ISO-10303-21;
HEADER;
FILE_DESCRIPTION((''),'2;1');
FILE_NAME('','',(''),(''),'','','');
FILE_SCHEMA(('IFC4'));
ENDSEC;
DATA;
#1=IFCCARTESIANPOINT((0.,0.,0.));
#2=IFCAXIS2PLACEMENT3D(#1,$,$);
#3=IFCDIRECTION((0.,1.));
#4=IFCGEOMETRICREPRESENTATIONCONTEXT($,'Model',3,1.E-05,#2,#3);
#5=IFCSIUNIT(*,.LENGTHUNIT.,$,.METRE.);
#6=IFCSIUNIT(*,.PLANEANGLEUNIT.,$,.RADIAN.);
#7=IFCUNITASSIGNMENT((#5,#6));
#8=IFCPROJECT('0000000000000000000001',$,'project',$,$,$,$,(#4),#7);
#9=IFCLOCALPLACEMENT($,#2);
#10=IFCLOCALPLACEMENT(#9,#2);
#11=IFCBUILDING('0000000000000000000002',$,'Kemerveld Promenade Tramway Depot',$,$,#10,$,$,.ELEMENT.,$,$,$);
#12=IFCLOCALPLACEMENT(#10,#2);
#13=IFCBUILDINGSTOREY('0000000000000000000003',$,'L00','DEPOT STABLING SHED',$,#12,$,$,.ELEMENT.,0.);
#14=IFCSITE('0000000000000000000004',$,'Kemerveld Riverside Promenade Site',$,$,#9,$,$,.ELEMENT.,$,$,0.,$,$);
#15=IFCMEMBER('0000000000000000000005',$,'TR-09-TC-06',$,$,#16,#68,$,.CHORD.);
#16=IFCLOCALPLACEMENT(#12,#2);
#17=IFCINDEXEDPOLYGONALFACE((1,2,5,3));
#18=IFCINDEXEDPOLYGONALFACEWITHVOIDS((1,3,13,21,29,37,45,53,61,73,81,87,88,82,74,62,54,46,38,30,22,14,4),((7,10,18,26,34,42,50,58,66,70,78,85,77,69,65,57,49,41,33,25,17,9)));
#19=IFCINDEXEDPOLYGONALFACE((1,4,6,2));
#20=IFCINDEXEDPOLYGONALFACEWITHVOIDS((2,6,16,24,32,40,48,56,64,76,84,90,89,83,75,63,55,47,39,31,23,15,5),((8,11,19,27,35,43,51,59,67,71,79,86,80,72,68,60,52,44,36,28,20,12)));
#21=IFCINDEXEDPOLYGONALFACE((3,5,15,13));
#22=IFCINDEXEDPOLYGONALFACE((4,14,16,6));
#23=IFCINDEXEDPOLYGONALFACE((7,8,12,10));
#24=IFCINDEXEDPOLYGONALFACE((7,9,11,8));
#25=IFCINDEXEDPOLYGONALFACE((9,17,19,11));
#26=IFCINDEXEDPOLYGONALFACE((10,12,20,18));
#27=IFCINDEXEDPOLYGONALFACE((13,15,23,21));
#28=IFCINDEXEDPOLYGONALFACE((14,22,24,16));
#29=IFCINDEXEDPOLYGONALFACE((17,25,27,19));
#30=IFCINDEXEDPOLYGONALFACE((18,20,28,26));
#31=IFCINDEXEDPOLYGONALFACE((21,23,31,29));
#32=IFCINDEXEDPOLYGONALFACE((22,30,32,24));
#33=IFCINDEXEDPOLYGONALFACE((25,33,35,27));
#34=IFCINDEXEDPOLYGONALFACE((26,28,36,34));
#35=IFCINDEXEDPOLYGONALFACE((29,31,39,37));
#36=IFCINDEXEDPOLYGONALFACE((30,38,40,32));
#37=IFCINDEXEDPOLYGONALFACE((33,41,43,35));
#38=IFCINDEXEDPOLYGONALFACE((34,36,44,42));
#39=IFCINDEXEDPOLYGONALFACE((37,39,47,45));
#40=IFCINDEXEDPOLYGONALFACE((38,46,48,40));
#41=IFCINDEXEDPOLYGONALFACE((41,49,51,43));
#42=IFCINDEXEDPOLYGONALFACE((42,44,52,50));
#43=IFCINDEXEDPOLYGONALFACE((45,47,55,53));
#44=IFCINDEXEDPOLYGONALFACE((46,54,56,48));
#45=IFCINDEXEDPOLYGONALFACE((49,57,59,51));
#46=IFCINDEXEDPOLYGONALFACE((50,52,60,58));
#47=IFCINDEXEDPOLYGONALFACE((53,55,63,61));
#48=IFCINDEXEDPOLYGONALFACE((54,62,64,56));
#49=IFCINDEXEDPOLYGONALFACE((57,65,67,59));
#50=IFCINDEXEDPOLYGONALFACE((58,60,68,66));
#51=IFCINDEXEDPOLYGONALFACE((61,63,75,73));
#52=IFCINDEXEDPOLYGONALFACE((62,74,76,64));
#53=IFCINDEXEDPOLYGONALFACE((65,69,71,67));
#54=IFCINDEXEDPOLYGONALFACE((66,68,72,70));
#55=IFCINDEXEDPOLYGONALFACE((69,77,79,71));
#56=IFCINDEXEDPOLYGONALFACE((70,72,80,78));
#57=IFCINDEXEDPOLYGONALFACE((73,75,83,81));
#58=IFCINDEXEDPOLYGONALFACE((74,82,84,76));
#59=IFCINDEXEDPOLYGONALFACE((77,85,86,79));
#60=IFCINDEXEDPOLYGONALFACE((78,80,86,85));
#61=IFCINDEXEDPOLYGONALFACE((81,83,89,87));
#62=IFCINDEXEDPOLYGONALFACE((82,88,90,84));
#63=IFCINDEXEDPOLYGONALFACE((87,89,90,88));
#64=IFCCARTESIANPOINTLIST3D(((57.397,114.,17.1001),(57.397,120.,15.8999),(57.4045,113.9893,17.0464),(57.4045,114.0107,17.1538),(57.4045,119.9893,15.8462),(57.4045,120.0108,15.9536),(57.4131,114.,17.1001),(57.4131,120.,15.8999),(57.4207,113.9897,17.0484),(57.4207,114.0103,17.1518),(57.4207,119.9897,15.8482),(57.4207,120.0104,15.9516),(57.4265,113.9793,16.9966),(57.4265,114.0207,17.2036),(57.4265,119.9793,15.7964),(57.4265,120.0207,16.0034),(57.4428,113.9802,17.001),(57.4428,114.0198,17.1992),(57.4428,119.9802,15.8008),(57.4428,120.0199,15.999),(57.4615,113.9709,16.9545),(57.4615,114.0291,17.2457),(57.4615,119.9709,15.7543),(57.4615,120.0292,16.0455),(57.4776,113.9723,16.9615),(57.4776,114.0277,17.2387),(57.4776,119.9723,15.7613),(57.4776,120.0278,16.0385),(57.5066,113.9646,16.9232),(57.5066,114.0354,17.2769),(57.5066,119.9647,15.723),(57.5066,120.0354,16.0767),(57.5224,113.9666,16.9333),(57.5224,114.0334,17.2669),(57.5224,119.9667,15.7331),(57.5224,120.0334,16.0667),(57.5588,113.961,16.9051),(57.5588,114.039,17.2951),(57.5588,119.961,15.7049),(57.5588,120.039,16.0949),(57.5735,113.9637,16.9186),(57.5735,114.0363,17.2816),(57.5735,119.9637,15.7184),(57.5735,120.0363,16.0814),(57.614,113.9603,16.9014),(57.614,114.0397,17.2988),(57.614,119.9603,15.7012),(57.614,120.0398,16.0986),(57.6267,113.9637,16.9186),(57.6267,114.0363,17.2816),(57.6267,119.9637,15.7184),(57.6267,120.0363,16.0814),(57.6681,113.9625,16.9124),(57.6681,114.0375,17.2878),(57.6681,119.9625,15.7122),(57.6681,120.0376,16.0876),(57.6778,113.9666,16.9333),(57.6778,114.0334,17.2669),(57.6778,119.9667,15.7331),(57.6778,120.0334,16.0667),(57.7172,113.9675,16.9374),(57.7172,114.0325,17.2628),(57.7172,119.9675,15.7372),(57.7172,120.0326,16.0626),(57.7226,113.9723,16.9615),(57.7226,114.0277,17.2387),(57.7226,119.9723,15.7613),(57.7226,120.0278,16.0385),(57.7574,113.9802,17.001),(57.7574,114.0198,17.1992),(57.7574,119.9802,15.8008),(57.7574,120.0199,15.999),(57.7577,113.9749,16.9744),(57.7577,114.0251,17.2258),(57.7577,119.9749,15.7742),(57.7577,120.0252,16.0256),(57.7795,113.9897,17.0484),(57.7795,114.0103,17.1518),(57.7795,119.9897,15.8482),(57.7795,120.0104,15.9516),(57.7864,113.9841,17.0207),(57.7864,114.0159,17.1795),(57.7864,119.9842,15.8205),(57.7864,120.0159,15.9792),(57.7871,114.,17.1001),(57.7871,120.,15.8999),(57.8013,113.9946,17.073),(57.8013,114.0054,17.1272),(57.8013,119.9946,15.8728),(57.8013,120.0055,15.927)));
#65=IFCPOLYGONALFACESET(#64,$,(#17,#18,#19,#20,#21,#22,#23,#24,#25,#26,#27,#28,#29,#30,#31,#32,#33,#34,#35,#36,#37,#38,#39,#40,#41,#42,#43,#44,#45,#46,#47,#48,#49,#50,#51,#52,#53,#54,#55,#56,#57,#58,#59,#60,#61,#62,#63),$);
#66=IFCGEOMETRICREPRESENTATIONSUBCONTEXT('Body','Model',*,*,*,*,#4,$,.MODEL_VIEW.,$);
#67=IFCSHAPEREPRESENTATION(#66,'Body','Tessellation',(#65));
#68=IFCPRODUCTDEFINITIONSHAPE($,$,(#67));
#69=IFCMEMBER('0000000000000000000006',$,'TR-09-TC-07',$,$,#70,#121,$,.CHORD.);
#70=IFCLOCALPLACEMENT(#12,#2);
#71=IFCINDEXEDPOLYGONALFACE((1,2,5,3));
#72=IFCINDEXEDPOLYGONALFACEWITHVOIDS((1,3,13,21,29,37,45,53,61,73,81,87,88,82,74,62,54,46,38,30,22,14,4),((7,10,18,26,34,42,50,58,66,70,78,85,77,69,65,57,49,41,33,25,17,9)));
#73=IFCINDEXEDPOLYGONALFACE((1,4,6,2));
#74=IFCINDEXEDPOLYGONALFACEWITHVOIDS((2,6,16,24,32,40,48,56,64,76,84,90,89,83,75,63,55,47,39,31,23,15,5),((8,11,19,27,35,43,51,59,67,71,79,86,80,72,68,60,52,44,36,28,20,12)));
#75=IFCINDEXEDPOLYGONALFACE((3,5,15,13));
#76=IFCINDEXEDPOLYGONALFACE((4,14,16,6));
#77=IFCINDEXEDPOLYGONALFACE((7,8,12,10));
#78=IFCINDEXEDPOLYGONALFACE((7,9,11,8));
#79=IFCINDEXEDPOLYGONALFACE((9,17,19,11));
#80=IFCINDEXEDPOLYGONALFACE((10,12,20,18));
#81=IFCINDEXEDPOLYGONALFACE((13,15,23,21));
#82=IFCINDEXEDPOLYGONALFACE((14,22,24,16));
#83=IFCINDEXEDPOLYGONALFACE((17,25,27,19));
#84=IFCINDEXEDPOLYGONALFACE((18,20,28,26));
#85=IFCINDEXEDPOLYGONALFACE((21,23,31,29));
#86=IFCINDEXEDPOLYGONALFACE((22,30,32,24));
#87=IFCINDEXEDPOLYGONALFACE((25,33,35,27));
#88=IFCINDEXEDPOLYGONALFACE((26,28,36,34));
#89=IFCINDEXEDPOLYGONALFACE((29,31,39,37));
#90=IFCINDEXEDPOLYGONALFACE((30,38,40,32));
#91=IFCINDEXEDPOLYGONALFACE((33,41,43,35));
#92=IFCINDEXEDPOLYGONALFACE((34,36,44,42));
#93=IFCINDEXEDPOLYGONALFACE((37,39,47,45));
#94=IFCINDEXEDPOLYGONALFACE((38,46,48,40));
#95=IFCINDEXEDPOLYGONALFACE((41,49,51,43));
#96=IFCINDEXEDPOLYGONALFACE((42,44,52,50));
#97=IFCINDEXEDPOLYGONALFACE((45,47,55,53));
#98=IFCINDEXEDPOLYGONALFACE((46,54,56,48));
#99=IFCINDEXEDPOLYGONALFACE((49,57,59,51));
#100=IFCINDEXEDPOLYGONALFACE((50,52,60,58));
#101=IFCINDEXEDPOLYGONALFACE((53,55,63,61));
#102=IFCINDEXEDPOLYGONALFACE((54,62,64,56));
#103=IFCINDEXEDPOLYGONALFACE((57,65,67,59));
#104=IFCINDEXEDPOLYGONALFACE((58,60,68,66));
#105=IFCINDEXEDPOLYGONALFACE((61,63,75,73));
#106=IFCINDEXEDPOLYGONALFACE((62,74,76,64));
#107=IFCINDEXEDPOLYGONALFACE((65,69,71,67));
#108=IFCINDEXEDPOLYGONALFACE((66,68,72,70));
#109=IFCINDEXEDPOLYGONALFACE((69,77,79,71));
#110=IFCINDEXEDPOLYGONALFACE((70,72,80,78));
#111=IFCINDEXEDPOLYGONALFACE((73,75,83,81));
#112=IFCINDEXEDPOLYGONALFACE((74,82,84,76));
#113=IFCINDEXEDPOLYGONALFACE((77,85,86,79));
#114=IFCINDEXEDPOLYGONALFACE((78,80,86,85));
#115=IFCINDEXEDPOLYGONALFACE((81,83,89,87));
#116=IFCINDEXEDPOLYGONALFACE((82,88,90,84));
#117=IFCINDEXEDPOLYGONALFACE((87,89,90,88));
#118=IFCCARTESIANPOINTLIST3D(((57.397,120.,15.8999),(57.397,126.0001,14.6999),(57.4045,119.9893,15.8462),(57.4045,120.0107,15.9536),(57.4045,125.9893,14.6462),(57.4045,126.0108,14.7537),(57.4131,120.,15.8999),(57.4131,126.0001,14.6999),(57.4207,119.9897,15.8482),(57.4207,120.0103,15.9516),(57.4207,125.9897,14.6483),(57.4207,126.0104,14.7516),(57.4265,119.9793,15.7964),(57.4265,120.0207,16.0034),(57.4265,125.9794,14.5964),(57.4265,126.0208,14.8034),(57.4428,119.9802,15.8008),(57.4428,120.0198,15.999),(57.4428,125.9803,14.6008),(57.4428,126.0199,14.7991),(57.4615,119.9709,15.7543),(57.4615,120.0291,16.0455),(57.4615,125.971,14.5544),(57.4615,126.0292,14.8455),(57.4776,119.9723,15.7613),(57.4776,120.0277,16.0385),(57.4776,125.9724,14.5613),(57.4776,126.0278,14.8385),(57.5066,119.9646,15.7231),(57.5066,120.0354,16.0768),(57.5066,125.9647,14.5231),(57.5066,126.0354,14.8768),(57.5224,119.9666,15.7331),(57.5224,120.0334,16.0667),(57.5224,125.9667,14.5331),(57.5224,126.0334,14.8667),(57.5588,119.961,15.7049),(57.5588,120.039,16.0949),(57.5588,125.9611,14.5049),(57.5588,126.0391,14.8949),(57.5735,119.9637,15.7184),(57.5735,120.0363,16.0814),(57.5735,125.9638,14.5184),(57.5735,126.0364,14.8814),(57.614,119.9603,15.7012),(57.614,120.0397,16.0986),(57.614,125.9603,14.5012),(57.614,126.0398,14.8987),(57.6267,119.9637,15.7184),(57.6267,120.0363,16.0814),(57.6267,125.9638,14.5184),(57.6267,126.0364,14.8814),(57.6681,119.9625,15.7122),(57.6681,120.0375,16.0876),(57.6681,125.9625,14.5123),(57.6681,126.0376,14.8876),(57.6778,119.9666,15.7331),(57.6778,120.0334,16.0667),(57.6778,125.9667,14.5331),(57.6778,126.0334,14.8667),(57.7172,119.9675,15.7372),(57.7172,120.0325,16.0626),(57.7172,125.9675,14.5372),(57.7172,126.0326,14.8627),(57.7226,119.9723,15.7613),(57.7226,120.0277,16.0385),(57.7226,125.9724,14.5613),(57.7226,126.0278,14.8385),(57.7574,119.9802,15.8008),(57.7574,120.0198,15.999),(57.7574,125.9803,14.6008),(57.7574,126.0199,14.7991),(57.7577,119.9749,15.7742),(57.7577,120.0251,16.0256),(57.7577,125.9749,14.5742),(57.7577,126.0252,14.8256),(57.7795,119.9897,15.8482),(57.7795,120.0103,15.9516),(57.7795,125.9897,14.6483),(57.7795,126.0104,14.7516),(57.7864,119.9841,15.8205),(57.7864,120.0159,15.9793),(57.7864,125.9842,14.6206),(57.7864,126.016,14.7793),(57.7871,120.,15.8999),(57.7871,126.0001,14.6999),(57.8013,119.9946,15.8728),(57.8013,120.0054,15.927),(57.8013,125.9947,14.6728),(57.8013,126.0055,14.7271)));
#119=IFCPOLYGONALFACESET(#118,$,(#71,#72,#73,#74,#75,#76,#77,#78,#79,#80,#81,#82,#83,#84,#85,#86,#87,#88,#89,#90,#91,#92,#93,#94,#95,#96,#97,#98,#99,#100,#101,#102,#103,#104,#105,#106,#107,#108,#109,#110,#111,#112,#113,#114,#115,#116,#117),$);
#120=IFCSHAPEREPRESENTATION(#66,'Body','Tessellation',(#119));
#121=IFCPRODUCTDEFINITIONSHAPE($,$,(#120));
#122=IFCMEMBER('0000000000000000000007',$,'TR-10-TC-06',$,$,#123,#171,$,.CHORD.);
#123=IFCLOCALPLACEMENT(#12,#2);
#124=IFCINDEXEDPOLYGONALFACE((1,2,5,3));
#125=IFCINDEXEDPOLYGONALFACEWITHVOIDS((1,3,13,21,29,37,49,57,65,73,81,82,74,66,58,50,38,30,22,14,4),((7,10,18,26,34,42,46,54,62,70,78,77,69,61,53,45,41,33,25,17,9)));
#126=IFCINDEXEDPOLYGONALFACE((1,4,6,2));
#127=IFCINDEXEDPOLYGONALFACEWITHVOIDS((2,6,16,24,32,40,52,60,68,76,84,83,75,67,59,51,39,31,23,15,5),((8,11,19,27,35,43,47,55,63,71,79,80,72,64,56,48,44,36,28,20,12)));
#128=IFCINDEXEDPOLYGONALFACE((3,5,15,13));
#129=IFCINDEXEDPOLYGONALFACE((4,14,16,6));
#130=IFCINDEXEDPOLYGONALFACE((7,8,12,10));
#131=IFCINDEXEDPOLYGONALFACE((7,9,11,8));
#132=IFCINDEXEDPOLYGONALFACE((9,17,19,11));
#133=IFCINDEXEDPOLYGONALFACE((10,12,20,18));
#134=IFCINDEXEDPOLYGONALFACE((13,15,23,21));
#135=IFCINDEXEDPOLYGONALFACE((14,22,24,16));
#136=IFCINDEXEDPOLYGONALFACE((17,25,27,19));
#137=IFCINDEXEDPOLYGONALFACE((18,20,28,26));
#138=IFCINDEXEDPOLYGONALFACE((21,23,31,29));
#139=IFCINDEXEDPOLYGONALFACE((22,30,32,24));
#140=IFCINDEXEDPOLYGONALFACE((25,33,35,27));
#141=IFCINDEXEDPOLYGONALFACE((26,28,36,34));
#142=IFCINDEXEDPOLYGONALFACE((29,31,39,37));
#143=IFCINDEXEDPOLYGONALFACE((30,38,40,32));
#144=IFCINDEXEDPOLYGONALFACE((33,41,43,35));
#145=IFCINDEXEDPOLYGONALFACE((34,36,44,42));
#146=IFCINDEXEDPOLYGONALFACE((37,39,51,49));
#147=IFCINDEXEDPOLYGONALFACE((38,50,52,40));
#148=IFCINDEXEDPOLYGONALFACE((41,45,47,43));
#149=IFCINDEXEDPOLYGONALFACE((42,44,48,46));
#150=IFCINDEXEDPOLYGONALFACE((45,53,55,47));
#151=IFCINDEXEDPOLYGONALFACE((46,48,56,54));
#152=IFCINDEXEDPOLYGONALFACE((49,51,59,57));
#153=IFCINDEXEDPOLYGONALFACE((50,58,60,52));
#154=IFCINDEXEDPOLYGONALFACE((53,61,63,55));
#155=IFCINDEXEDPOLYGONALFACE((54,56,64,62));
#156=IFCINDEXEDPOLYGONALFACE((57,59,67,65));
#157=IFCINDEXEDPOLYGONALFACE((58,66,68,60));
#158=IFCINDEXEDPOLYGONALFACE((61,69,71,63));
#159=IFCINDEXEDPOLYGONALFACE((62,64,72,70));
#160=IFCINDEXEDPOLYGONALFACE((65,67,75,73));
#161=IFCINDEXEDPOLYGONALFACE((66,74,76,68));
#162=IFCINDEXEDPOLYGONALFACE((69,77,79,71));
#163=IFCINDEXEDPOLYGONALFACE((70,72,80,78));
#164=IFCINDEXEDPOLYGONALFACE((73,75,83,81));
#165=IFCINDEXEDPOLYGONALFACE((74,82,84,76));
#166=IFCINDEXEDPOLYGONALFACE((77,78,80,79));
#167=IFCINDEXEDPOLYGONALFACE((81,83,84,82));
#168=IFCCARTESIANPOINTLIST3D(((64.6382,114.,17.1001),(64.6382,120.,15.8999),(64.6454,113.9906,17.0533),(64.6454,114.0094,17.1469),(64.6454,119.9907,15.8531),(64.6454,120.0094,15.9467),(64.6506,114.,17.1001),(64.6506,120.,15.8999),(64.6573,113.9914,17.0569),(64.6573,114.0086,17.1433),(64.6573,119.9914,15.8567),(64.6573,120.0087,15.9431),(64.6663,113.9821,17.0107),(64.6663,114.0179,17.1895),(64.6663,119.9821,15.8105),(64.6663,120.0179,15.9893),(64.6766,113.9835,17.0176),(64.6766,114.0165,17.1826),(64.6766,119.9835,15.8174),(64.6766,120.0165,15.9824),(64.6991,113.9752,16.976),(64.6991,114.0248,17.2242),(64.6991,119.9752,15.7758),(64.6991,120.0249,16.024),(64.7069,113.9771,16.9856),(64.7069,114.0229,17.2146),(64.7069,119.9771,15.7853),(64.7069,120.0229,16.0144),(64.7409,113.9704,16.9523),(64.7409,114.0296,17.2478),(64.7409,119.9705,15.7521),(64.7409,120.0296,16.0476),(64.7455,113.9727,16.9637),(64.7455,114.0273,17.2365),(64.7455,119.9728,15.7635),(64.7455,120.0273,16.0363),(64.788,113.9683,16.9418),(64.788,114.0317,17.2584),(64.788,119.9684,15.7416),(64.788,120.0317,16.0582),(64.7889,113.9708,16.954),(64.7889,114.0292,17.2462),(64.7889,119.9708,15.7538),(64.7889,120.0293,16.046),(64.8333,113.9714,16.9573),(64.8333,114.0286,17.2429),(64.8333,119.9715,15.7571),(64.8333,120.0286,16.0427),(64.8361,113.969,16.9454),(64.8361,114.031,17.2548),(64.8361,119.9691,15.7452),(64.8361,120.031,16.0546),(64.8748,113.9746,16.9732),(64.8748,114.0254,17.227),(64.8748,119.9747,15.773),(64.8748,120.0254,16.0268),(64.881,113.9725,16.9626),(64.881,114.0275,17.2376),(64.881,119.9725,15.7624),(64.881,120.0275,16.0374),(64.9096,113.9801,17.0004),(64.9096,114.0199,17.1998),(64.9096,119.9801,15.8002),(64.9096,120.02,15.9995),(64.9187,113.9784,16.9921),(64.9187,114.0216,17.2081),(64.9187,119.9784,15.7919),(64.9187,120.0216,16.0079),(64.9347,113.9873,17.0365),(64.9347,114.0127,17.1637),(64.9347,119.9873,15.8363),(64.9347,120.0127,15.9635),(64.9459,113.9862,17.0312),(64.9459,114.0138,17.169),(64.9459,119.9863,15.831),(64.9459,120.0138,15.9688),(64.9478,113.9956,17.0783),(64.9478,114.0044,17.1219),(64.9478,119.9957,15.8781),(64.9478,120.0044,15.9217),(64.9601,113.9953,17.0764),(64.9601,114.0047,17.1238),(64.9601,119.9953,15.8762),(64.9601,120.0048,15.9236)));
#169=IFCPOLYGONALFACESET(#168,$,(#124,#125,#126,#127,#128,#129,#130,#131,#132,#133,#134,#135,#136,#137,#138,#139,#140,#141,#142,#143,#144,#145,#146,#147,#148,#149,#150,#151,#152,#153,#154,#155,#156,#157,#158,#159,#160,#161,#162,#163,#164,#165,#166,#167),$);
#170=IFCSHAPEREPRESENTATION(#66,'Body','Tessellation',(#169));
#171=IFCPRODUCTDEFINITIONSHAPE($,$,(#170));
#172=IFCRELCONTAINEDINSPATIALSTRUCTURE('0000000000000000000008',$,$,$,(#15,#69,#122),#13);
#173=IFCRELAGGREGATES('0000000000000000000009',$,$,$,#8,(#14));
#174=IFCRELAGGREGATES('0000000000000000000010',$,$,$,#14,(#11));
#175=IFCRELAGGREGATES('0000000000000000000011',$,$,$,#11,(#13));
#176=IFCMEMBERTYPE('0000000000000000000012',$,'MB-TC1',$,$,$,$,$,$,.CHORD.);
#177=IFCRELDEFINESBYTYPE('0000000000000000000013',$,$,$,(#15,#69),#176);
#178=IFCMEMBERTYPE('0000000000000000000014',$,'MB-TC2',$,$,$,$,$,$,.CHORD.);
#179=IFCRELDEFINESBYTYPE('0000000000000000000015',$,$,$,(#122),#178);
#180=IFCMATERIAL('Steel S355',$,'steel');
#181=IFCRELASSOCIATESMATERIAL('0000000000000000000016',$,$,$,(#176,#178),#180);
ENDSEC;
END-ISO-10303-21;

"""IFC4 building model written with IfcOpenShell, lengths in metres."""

from ifc_helpers import new_model, si_unit, direction, frame, origin, origin_2d, place, context, subcontext, project, spatial, hollow_circle, extrude, material, material_profile, profile_set, type_object, element, save


model = new_model("IFC4")

# Units and contexts
model_context = context("Model", 3, precision=1e-05, world=origin(), true_north=direction((0.0, 1.0)))
body_context = subcontext(model_context, "Body", "Model", "MODEL_VIEW")
ifc_project = project(units=[si_unit("LENGTHUNIT", "METRE"), si_unit("PLANEANGLEUNIT", "RADIAN")], contexts=[model_context])

# Site, building, storey
site_placement = place(None, origin())
site = spatial("IfcSite", under=ifc_project, at=site_placement, Name="Kemerveld Riverside Promenade Site", CompositionType="ELEMENT", RefElevation=0.0)
building_placement = place(site_placement, origin())
building = spatial("IfcBuilding", under=site, at=building_placement, Name="Kemerveld Promenade Tramway Depot", CompositionType="ELEMENT")
storey_placement = place(building_placement, origin())
storey = spatial("IfcBuildingStorey", under=building, at=storey_placement, Name="L00", Description="DEPOT STABLING SHED", CompositionType="ELEMENT", Elevation=0.0)

# Members
ifc_material_1 = material(Name="Steel S355", Category="steel")
ifc_material_profile_1 = material_profile(ifc_material_1, hollow_circle(Radius=0.2031, WallThickness=0.0161, at=origin_2d()), Name="406.4x16.0 CHS")
ifc_profile_set_1 = profile_set([ifc_material_profile_1], Name="Steel S355")
member_type_1 = type_object("IfcMemberType", Name="MB-TC1", PredefinedType="CHORD", material=ifc_profile_set_1)
for number, where, z_axis, x_axis, name in (
    (1, (57.6001, 114.0, 17.1001), (0.0, 0.980575, -0.196147), (-1.0, 0.0, 0.0), "TR-09-TC-06"),
    (2, (57.6001, 120.0, 15.8999), (0.0, 0.980582, -0.196108), (-1.0, 0.0, 0.0), "TR-09-TC-07"),
):
    element("IfcMember", number, at=place(storey_placement, frame(where, z_axis=z_axis, x_axis=x_axis)), inside=storey, type_object=member_type_1, Name=name, PredefinedType="CHORD", context=body_context, shape_type="SweptSolid", body=[
        extrude(hollow_circle(Radius=0.2031, WallThickness=0.0161, at=origin_2d()), origin(), (0.0, 0.0, 1.0), 6.1189),
    ])
ifc_material_profile_2 = material_profile(ifc_material_1, hollow_circle(Radius=0.1619, WallThickness=0.0125, at=origin_2d()), Name="323.9x12.5 CHS")
ifc_profile_set_2 = profile_set([ifc_material_profile_2], Name="Steel S355")
member_type_2 = type_object("IfcMemberType", Name="MB-TC2", PredefinedType="CHORD", material=ifc_profile_set_2)
member_1_placement = place(storey_placement, frame((64.8, 114.0, 17.1001), z_axis=(0.0, 0.980575, -0.196147), x_axis=(-1.0, 0.0, 0.0)))
element("IfcMember", 3, at=member_1_placement, inside=storey, type_object=member_type_2, Name="TR-10-TC-06", PredefinedType="CHORD", context=body_context, shape_type="SweptSolid", body=[
    extrude(hollow_circle(Radius=0.1619, WallThickness=0.0125, at=origin_2d()), origin(), (0.0, 0.0, 1.0), 6.1189),
])

save(model, "model.ifc")
